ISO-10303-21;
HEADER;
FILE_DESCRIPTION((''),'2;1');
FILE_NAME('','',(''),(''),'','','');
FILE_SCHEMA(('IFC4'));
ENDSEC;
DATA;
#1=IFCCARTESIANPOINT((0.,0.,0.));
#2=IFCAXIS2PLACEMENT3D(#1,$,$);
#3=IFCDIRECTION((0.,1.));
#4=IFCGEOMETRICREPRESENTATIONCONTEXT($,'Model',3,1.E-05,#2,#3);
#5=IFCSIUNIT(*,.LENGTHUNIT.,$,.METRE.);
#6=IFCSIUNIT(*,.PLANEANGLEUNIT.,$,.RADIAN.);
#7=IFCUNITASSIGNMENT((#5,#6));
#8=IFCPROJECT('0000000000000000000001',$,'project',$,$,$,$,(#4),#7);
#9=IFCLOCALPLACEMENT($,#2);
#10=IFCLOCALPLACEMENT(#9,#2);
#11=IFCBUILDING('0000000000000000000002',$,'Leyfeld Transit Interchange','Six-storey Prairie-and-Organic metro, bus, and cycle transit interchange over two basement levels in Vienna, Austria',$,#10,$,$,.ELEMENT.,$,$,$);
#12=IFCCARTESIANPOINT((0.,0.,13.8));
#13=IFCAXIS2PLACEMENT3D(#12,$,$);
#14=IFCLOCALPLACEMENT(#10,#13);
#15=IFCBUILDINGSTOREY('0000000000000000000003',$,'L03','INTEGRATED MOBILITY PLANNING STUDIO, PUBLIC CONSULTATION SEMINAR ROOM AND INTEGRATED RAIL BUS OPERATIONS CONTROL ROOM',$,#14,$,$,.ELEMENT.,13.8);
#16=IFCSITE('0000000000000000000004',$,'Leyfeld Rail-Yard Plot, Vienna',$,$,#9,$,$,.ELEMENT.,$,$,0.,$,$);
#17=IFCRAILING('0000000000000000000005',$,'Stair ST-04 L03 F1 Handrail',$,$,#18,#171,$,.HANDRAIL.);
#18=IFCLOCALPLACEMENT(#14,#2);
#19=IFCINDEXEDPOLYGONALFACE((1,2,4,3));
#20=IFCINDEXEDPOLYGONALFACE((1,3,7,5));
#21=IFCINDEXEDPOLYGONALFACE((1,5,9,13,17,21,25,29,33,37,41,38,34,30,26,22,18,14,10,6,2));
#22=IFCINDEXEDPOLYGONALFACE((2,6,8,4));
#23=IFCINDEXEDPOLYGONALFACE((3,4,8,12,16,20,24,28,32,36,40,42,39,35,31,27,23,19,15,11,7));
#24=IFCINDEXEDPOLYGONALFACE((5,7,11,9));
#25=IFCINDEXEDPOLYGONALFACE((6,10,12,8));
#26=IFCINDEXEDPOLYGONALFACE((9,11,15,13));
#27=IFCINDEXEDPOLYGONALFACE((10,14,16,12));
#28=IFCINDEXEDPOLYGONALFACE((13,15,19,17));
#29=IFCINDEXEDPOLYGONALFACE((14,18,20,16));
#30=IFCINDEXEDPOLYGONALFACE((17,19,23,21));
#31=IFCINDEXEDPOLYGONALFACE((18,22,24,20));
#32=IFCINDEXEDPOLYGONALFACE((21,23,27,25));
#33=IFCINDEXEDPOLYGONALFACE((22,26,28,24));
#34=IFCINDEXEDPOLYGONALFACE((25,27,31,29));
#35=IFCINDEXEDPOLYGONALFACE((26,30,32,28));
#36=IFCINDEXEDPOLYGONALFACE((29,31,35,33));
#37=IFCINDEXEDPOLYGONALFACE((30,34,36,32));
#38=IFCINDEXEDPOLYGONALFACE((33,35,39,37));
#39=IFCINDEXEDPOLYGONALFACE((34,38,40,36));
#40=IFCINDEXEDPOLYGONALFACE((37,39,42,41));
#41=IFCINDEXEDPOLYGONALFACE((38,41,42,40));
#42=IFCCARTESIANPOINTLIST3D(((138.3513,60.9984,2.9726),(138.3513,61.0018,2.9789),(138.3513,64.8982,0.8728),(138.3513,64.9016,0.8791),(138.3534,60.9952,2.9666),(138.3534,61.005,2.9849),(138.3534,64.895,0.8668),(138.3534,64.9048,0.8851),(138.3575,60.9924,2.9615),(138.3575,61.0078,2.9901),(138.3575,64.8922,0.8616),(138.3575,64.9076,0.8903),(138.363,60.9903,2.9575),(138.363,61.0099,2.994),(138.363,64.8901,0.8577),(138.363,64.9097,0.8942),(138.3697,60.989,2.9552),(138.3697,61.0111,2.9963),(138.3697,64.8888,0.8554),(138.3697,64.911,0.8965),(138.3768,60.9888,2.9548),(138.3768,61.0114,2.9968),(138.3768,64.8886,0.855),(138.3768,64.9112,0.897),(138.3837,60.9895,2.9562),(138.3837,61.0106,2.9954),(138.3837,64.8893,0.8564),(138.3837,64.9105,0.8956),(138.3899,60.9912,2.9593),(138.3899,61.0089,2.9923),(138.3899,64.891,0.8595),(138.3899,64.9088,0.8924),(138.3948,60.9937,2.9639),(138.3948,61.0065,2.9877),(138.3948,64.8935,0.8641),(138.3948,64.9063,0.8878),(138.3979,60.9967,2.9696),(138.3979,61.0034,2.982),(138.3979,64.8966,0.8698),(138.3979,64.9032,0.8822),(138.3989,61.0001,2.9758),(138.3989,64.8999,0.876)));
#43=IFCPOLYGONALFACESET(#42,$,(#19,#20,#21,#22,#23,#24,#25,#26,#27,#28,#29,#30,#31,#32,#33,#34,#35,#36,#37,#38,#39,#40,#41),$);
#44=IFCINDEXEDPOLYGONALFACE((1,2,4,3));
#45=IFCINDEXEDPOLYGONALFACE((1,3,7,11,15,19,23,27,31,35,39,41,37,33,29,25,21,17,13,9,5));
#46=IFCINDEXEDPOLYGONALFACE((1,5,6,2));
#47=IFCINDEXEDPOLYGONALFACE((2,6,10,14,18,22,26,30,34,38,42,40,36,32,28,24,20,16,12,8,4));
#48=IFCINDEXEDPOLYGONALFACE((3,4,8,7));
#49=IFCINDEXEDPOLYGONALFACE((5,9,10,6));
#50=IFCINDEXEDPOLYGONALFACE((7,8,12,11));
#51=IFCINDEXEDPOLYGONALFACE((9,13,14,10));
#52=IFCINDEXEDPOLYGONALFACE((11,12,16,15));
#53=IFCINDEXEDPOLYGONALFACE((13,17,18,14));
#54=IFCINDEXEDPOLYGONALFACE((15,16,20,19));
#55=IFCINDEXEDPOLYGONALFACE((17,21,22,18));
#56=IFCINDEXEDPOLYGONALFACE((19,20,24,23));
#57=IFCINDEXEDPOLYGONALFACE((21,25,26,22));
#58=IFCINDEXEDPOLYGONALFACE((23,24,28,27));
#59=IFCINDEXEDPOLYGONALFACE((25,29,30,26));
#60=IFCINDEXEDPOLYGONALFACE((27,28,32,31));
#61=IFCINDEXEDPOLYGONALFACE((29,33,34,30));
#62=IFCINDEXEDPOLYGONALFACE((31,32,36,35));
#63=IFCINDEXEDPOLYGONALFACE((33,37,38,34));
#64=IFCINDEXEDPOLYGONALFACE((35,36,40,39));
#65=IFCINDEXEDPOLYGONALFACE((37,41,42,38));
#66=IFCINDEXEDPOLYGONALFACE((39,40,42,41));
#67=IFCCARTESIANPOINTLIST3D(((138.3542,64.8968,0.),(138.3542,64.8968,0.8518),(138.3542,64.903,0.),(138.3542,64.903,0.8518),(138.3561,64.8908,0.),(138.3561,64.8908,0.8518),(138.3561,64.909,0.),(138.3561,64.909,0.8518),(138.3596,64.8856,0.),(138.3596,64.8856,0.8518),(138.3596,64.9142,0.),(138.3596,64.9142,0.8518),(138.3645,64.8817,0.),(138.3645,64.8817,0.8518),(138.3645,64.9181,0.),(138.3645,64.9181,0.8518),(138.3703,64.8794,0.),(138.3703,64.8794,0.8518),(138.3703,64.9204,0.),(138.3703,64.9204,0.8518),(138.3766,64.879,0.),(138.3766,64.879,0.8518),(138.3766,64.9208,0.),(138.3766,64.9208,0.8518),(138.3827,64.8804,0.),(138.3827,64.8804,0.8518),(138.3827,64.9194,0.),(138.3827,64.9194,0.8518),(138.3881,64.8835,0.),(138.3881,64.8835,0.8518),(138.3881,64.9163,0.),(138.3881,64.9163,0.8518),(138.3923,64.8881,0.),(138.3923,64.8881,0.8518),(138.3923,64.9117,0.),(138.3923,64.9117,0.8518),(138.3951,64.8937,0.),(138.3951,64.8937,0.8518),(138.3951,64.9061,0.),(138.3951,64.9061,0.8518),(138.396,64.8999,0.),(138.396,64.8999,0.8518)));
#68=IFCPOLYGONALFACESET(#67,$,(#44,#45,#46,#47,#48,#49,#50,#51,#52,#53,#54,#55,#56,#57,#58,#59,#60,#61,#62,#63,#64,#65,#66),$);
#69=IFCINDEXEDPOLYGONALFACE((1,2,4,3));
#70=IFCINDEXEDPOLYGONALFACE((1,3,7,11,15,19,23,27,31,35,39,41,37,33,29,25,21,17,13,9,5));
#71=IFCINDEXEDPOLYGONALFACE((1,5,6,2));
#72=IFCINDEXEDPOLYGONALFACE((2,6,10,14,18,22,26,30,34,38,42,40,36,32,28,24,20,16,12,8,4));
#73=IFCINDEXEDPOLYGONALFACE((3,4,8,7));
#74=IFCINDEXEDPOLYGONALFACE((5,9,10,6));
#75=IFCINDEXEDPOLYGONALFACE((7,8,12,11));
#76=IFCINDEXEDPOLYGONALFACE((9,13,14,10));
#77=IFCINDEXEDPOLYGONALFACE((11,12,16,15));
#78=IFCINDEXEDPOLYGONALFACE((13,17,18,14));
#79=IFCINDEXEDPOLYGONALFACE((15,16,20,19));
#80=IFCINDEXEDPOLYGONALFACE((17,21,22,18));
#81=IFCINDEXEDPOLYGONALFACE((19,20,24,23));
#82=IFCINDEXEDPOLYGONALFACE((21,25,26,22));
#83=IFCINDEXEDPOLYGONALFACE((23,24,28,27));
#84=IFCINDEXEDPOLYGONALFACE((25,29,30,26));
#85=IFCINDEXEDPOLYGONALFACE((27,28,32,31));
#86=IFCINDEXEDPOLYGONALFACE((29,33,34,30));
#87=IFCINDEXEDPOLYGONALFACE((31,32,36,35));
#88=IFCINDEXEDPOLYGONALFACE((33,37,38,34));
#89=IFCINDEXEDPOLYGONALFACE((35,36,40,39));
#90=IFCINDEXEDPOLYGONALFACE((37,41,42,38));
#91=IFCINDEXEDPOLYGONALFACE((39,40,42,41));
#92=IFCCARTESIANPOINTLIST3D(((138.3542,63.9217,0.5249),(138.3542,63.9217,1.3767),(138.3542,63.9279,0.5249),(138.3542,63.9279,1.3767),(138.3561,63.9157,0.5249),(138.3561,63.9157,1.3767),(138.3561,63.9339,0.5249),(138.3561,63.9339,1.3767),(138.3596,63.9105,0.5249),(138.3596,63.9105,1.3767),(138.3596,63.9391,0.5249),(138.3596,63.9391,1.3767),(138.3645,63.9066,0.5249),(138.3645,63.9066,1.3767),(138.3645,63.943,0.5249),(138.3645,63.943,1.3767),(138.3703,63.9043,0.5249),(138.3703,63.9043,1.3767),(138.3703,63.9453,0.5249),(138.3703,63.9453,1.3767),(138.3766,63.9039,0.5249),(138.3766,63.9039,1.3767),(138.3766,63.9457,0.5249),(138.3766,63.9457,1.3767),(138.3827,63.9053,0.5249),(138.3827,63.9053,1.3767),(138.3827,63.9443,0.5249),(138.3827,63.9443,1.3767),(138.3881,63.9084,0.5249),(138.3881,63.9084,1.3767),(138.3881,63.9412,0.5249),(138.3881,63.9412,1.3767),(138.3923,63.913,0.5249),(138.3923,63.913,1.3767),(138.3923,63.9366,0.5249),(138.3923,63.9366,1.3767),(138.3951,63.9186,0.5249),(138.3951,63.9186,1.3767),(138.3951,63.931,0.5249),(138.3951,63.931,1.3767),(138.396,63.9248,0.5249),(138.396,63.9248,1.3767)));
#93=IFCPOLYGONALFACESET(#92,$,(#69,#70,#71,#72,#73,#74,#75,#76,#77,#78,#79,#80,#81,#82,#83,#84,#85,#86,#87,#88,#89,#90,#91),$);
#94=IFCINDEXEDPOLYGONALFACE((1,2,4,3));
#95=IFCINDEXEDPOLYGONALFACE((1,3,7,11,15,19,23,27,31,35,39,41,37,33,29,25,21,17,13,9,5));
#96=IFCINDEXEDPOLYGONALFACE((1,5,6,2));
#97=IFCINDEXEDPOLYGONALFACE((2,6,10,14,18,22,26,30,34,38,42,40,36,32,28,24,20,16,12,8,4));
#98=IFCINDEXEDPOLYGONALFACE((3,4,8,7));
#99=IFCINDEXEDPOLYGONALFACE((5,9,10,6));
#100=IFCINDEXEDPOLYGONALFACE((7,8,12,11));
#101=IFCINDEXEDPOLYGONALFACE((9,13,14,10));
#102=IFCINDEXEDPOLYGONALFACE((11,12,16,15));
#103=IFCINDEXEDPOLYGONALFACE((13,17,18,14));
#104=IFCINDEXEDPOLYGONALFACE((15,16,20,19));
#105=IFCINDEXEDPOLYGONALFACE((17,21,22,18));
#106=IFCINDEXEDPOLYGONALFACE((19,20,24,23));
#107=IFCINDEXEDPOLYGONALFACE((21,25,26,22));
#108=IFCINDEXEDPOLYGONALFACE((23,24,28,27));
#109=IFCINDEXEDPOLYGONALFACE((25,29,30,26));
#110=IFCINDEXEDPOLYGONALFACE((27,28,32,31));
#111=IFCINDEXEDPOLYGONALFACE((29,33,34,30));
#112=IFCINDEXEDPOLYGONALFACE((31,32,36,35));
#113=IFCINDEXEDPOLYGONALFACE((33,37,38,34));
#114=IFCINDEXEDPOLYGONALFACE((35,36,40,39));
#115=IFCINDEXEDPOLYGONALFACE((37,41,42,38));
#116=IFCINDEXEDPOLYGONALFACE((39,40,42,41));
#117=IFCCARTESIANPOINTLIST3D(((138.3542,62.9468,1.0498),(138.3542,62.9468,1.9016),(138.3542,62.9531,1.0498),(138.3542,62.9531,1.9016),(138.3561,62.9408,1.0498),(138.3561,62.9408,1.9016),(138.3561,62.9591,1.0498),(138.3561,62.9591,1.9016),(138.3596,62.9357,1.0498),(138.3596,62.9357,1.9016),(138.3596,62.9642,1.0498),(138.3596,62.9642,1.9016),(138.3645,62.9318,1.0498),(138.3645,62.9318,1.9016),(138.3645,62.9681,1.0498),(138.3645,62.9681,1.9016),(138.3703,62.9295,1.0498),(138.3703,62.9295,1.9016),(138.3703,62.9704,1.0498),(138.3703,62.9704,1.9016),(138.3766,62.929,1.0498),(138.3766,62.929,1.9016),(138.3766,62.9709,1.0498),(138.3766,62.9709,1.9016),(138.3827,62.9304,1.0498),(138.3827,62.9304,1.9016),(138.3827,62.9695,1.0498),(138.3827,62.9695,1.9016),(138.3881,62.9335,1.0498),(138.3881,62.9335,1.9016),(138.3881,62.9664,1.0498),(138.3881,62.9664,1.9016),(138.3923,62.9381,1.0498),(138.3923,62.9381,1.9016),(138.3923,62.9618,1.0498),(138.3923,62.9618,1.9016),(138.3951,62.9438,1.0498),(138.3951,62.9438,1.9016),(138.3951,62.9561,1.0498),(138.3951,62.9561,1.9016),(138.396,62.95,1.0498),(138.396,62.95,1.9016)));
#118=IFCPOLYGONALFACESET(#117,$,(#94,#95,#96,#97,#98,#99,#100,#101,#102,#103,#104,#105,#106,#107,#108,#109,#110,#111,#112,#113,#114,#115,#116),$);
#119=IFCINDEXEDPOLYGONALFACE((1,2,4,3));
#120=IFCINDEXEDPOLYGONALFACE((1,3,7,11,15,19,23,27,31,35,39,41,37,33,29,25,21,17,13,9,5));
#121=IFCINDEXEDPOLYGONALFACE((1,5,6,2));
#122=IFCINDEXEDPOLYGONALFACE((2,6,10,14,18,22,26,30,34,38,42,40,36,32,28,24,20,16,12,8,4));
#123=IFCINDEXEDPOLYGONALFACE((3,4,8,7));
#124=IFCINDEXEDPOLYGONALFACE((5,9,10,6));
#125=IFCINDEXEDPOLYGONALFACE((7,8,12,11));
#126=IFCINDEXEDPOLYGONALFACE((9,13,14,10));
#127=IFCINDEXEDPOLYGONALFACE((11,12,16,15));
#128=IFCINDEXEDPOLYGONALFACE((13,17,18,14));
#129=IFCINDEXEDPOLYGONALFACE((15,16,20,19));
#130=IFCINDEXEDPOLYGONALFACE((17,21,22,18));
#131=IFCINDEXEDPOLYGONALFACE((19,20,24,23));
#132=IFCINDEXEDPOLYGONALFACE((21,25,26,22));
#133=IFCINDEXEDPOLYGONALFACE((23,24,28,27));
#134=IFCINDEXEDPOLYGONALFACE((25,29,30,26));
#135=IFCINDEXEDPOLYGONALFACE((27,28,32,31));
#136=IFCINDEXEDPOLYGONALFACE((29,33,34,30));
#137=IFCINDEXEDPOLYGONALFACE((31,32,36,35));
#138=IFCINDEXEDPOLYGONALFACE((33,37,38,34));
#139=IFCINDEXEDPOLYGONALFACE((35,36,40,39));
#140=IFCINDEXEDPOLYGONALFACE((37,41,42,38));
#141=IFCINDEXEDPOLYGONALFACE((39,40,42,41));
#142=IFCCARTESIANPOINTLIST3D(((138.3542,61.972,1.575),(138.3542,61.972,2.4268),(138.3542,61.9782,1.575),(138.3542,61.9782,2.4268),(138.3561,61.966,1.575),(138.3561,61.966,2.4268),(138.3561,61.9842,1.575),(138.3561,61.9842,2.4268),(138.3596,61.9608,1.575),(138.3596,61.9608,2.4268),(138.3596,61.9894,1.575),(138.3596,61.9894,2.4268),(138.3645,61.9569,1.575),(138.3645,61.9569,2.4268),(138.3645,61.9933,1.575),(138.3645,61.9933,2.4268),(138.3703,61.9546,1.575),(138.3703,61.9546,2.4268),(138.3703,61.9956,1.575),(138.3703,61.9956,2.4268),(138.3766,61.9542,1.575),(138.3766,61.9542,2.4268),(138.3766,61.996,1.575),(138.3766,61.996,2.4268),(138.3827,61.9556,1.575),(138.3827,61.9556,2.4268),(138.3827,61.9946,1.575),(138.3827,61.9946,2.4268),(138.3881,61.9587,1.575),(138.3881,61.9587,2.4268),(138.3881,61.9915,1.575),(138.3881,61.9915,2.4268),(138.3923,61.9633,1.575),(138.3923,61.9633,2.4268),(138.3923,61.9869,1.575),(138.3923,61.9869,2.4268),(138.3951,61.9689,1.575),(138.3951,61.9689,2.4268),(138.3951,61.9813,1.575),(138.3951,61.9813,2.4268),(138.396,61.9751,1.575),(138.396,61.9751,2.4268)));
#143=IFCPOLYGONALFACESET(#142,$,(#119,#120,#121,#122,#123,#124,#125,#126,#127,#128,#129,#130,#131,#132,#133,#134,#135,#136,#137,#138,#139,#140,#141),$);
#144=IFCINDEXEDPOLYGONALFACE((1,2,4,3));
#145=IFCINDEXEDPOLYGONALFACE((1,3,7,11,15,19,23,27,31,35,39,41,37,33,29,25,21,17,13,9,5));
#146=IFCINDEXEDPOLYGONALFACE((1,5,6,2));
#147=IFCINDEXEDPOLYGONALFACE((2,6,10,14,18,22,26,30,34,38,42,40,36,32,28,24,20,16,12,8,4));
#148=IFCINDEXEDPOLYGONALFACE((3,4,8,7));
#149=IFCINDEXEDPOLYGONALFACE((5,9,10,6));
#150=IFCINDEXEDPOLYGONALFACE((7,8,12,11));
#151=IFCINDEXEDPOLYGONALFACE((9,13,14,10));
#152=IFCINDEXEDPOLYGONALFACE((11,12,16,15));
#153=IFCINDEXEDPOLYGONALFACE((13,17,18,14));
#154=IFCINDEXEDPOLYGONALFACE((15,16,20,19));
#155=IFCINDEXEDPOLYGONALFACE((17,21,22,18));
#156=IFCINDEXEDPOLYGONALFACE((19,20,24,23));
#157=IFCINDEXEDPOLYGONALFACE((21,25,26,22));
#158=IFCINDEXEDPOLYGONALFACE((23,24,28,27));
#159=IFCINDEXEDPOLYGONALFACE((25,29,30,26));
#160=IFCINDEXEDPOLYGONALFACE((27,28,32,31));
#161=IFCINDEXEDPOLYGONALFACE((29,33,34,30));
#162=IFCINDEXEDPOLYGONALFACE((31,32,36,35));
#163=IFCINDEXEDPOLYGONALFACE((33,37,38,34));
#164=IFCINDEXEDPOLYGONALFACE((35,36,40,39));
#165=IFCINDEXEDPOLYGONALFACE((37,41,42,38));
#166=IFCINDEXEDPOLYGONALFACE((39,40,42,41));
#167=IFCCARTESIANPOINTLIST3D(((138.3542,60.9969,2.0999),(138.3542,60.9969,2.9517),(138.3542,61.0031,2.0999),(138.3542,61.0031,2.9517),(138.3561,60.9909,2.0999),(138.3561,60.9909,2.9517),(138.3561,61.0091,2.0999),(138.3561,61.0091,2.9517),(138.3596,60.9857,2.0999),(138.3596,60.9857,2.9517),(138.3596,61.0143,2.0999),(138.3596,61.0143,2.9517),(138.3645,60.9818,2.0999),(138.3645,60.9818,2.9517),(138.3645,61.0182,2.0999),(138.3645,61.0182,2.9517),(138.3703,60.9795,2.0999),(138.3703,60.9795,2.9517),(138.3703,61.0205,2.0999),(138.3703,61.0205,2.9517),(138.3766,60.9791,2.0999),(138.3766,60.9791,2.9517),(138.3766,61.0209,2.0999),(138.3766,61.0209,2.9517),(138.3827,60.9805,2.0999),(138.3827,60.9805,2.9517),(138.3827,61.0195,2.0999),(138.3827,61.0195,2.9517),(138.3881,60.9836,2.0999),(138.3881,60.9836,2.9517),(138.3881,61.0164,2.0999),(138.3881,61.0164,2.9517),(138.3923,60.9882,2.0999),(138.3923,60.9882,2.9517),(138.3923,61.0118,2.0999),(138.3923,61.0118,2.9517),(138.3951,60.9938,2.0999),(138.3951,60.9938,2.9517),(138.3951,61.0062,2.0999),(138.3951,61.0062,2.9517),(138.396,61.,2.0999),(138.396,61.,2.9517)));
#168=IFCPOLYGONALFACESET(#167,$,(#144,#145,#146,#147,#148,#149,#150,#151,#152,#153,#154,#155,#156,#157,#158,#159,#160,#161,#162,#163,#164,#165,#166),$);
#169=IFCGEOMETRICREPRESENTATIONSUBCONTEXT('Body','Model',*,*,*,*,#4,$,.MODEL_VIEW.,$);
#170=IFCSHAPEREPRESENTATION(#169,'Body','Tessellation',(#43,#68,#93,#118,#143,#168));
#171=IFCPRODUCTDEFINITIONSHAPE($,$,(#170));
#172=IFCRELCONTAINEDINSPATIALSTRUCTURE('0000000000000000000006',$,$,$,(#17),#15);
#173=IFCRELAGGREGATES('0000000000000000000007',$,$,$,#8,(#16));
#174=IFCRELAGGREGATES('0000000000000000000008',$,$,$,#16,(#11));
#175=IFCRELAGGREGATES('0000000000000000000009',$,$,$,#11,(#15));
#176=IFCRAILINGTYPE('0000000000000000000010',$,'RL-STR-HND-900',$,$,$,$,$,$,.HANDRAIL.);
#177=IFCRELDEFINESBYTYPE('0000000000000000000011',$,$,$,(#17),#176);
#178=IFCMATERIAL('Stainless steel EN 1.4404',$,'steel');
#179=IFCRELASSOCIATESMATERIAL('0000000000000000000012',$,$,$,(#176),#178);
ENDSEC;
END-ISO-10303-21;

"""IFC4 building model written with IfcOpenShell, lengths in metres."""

from ifc_helpers import new_model, si_unit, direction, frame, origin, origin_2d, place, context, subcontext, project, spatial, circle, extrude, material, type_object, element, save


model = new_model("IFC4")

# Units and contexts
model_context = context("Model", 3, precision=1e-05, world=origin(), true_north=direction((0.0, 1.0)))
body_context = subcontext(model_context, "Body", "Model", "MODEL_VIEW")
ifc_project = project(units=[si_unit("LENGTHUNIT", "METRE"), si_unit("PLANEANGLEUNIT", "RADIAN")], contexts=[model_context])

# Site, building, storey
site_placement = place(None, origin())
site = spatial("IfcSite", under=ifc_project, at=site_placement, Name="Leyfeld Rail-Yard Plot, Vienna", CompositionType="ELEMENT", RefElevation=0.0)
building_placement = place(site_placement, origin())
building = spatial("IfcBuilding", under=site, at=building_placement, Name="Leyfeld Transit Interchange", Description="Six-storey Prairie-and-Organic metro, bus, and cycle transit interchange over two basement levels in Vienna, Austria", CompositionType="ELEMENT")
storey_placement = place(building_placement, frame((0.0, 0.0, 13.8)))
storey = spatial("IfcBuildingStorey", under=building, at=storey_placement, Name="L03", Description="INTEGRATED MOBILITY PLANNING STUDIO, PUBLIC CONSULTATION SEMINAR ROOM AND INTEGRATED RAIL BUS OPERATIONS CONTROL ROOM", CompositionType="ELEMENT", Elevation=13.8)

# Shared definitions
ifc_material_1 = material(Name="Stainless steel EN 1.4404", Category="steel")

# Railing
railing_type_1 = type_object("IfcRailingType", Name="RL-STR-HND-900", PredefinedType="HANDRAIL", material=ifc_material_1)
railing_1_placement = place(storey_placement, frame((138.375, 64.8999, 0.0)))
element("IfcRailing", 1, at=railing_1_placement, inside=storey, type_object=railing_type_1, Name="Stair ST-04 L03 F1 Handrail", PredefinedType="HANDRAIL", context=body_context, shape_type="SweptSolid", body=[
    extrude(circle(Radius=0.0239, at=origin_2d()), frame((0.0, 0.0, 0.876), z_axis=(0.0, -0.88048, 0.474083), x_axis=(1.0, 0.0, 0.0)), (0.0, 0.0, 1.0), 4.4292),
    extrude(circle(Radius=0.021, at=origin_2d()), origin(), (0.0, 0.0, 1.0), 0.8518),
    extrude(circle(Radius=0.021, at=origin_2d()), frame((0.0, -0.9751, 0.5249)), (0.0, 0.0, 1.0), 0.8518),
    extrude(circle(Radius=0.021, at=origin_2d()), frame((0.0, -1.95, 1.0498)), (0.0, 0.0, 1.0), 0.8518),
    extrude(circle(Radius=0.021, at=origin_2d()), frame((0.0, -2.9248, 1.575)), (0.0, 0.0, 1.0), 0.8518),
    extrude(circle(Radius=0.021, at=origin_2d()), frame((0.0, -3.8999, 2.0999)), (0.0, 0.0, 1.0), 0.8518),
])

save(model, "model.ifc")
